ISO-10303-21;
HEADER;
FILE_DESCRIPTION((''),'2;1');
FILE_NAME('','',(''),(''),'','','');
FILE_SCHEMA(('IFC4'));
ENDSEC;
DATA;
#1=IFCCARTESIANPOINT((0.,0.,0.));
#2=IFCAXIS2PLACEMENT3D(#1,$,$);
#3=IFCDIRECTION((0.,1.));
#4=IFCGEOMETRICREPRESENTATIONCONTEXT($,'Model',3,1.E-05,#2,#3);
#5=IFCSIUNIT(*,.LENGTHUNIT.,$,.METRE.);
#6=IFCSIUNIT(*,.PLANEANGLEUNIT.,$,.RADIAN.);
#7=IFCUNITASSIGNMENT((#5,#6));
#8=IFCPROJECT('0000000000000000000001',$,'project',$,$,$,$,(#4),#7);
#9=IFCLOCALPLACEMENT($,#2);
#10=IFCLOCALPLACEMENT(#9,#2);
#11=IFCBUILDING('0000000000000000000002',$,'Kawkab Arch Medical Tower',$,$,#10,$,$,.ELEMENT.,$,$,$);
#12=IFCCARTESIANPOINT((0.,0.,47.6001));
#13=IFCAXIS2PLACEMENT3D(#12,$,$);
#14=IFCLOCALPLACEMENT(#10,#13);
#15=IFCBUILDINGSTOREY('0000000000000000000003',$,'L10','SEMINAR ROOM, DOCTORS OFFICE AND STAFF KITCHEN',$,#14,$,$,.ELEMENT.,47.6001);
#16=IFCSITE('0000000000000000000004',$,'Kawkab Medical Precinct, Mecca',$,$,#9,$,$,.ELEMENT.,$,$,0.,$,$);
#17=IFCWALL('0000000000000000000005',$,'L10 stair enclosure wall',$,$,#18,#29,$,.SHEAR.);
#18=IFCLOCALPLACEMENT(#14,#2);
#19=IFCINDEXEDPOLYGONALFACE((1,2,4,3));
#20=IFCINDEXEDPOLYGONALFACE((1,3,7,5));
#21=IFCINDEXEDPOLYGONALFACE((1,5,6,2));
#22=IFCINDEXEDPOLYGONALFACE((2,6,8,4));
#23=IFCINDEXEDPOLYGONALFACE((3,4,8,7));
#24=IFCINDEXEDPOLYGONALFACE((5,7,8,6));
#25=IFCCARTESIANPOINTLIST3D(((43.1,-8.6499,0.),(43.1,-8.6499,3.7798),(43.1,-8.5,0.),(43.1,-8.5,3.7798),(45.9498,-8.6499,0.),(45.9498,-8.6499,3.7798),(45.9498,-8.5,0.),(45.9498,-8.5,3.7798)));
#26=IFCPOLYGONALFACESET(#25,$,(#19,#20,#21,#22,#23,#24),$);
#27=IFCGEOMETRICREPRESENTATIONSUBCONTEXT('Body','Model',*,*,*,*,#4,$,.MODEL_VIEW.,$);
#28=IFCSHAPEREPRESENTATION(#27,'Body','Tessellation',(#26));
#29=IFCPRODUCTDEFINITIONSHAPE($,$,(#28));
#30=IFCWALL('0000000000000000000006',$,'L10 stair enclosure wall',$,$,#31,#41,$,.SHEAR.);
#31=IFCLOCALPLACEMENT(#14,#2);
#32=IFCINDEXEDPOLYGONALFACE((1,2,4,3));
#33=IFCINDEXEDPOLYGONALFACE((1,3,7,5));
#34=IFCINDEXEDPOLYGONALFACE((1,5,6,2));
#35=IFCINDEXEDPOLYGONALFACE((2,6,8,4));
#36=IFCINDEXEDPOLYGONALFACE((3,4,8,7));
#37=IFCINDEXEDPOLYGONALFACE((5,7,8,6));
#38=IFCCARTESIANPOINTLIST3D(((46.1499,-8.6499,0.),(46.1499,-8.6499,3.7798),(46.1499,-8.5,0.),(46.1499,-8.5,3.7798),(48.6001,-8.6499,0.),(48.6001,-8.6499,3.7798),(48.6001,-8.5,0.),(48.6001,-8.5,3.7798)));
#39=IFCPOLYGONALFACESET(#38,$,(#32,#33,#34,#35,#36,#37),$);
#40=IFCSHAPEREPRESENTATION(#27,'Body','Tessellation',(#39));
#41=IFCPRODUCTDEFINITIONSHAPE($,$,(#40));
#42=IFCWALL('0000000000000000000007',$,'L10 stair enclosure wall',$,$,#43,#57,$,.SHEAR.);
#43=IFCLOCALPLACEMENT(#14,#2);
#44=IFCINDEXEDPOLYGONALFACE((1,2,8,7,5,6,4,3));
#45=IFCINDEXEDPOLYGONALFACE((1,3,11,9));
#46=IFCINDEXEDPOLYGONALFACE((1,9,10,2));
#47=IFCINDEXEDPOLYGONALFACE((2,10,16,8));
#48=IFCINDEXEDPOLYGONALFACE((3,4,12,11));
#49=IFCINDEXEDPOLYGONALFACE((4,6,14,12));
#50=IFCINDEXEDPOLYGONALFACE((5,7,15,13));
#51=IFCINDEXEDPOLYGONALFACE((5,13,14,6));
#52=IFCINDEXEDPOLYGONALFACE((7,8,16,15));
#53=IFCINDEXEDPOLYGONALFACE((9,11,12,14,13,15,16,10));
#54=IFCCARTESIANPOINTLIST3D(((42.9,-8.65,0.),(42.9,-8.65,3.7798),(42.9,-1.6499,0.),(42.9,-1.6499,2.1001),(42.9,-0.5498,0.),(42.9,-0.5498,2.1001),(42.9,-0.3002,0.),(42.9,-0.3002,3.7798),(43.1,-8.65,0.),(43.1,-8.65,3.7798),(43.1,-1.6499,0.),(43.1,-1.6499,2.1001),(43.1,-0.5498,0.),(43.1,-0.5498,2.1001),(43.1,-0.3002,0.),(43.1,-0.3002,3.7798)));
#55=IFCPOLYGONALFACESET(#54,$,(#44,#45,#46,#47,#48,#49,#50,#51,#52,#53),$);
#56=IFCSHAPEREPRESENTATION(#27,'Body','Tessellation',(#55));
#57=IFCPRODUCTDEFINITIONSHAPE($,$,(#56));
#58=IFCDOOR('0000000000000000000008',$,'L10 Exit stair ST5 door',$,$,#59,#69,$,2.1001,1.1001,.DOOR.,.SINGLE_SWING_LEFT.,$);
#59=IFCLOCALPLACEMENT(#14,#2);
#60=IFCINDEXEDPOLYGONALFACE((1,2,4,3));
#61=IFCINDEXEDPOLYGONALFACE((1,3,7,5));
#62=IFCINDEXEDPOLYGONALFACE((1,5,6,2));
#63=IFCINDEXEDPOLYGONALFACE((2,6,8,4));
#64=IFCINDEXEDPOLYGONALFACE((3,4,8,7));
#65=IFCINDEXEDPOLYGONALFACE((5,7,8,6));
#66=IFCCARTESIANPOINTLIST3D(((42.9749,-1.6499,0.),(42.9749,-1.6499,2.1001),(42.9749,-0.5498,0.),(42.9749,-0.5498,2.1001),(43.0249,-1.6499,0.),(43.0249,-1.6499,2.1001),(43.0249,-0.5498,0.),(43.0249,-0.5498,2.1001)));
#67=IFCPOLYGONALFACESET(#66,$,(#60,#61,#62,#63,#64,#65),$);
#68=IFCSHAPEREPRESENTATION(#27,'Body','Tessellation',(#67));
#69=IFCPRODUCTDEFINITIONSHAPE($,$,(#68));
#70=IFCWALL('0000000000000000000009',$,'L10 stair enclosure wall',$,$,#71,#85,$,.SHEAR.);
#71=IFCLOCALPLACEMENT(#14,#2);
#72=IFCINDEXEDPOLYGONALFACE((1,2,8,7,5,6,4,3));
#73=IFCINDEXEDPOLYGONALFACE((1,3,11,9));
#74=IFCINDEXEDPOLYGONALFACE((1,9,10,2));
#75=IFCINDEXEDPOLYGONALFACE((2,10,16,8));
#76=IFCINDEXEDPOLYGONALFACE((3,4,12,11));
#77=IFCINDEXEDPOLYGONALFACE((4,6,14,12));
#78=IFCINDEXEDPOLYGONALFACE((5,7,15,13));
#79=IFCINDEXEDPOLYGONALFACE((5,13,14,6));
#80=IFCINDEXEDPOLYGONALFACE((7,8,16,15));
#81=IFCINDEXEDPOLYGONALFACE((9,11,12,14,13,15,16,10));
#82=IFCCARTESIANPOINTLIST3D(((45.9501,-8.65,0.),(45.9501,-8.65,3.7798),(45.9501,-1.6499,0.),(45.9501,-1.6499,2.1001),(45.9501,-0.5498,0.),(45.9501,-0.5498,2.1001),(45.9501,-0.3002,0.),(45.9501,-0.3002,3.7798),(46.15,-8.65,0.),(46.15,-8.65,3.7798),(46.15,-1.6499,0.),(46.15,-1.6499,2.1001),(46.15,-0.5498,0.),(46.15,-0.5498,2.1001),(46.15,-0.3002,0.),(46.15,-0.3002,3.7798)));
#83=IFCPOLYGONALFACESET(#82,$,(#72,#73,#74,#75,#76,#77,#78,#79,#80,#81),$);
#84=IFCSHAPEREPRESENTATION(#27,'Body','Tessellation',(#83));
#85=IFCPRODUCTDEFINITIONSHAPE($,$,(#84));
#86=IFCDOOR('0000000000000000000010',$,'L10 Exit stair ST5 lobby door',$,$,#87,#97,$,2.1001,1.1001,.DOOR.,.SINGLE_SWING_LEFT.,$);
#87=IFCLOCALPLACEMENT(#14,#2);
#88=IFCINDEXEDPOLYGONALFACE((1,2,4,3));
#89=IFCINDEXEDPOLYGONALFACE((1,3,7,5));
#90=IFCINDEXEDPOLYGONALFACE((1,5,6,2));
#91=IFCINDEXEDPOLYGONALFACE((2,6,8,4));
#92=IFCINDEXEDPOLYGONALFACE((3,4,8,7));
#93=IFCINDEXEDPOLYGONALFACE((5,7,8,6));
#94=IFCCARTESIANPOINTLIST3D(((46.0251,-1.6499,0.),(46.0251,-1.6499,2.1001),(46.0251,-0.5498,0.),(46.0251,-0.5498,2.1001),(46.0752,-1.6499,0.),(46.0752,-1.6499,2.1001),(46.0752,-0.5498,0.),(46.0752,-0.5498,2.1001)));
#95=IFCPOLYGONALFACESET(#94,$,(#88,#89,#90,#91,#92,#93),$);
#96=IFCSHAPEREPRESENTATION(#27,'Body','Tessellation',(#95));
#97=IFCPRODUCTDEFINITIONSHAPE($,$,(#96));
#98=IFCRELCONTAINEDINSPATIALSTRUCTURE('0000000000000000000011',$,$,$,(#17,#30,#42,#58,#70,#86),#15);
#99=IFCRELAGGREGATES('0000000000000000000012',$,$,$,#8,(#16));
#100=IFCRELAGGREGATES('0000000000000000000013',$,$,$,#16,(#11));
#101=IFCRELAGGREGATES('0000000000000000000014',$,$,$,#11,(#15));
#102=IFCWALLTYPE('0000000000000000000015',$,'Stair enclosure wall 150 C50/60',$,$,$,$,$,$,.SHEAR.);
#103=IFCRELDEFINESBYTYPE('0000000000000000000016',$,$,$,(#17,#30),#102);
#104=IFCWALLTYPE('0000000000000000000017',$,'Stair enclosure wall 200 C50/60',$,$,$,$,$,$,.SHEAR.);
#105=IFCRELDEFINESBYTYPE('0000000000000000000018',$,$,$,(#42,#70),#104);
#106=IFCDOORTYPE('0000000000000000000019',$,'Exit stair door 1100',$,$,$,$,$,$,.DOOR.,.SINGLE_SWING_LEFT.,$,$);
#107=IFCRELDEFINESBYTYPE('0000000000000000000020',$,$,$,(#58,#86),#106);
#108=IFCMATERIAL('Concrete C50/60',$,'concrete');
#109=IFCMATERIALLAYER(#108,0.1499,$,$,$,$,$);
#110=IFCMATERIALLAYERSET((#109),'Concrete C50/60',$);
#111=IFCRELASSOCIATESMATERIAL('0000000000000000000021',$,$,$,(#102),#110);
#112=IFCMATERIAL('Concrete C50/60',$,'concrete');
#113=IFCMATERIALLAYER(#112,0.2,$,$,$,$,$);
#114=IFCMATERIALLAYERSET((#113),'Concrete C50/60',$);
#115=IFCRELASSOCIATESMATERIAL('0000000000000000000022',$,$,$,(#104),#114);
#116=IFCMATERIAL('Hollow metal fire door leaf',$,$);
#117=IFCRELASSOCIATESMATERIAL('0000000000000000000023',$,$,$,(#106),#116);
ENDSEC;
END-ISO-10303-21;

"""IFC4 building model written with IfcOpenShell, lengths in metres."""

from ifc_helpers import new_model, si_unit, direction, frame, frame_2d, origin, place, context, subcontext, project, spatial, rectangle, extrude, material, layer, layer_set, type_object, element, fill, save


model = new_model("IFC4")

# Units and contexts
model_context = context("Model", 3, precision=1e-05, world=origin(), true_north=direction((0.0, 1.0)))
body_context = subcontext(model_context, "Body", "Model", "MODEL_VIEW")
ifc_project = project(units=[si_unit("LENGTHUNIT", "METRE"), si_unit("PLANEANGLEUNIT", "RADIAN")], contexts=[model_context])

# Site, building, storey
site_placement = place(None, origin())
site = spatial("IfcSite", under=ifc_project, at=site_placement, Name="Kawkab Medical Precinct, Mecca", CompositionType="ELEMENT", RefElevation=0.0)
building_placement = place(site_placement, origin())
building = spatial("IfcBuilding", under=site, at=building_placement, Name="Kawkab Arch Medical Tower", CompositionType="ELEMENT")
storey_placement = place(building_placement, frame((0.0, 0.0, 47.6001)))
storey = spatial("IfcBuildingStorey", under=building, at=storey_placement, Name="L10", Description="SEMINAR ROOM, DOCTORS OFFICE AND STAFF KITCHEN", CompositionType="ELEMENT", Elevation=47.6001)

# Walls
ifc_material_1 = material(Name="Concrete C50/60", Category="concrete")
ifc_layer_1 = layer(ifc_material_1, 0.1499)
ifc_layer_set_1 = layer_set([ifc_layer_1], Name="Concrete C50/60")
wall_type_1 = type_object("IfcWallType", Name="Stair enclosure wall 150 C50/60", PredefinedType="SHEAR", material=ifc_layer_set_1)
wall_1_placement = place(storey_placement, frame((43.1001, -8.575, 0.0), z_axis=(0.0, 0.0, 1.0), x_axis=(1.0, 0.0, 0.0)))
element("IfcWall", 1, at=wall_1_placement, inside=storey, type_object=wall_type_1, Name="L10 stair enclosure wall", PredefinedType="SHEAR", context=body_context, shape_type="SweptSolid", body=[
    extrude(rectangle(XDim=2.8499, YDim=0.1499, at=frame_2d((1.4248, 0.0))), origin(), (0.0, 0.0, 1.0), 3.7798),
])
wall_2_placement = place(storey_placement, frame((46.1499, -8.575, 0.0), z_axis=(0.0, 0.0, 1.0), x_axis=(1.0, 0.0, 0.0)))
element("IfcWall", 2, at=wall_2_placement, inside=storey, type_object=wall_type_1, Name="L10 stair enclosure wall", PredefinedType="SHEAR", context=body_context, shape_type="SweptSolid", body=[
    extrude(rectangle(XDim=2.4502, YDim=0.1499, at=frame_2d((1.2251, 0.0))), origin(), (0.0, 0.0, 1.0), 3.7798),
])

# Walls, openings, doors
ifc_material_2 = material(Name="Concrete C50/60", Category="concrete")
ifc_layer_2 = layer(ifc_material_2, 0.2)
ifc_layer_set_2 = layer_set([ifc_layer_2], Name="Concrete C50/60")
wall_type_2 = type_object("IfcWallType", Name="Stair enclosure wall 200 C50/60", PredefinedType="SHEAR", material=ifc_layer_set_2)
wall_3_placement = place(storey_placement, frame((43.0, -8.6499, 0.0), z_axis=(0.0, 0.0, 1.0), x_axis=(0.0, 1.0, 0.0)))
wall_3 = element("IfcWall", 3, at=wall_3_placement, inside=storey, type_object=wall_type_2, Name="L10 stair enclosure wall", PredefinedType="SHEAR", context=body_context, shape_type="SweptSolid", body=[
    extrude(rectangle(XDim=8.3499, YDim=0.2, at=frame_2d((4.1748, 0.0))), origin(), (0.0, 0.0, 1.0), 3.7798),
])
opening_1_placement = place(wall_3_placement, frame((7.0, 0.0, 0.0)))
opening_1 = element("IfcOpeningElement", 4, at=opening_1_placement, cuts=wall_3, PredefinedType="OPENING", context=body_context, shape_type="SweptSolid", body=[
    extrude(rectangle(XDim=1.1001, YDim=2.1001, at=frame_2d((0.55, 1.05))), frame((0.0, 0.1099, 0.0), z_axis=(0.0, -1.0, 0.0), x_axis=(1.0, 0.0, 0.0)), (0.0, 0.0, 1.0), 0.22),
])
ifc_material_3 = material(Name="Hollow metal fire door leaf")
door_type_1 = type_object("IfcDoorType", Name="Exit stair door 1100", OperationType="SINGLE_SWING_LEFT", PredefinedType="DOOR", material=ifc_material_3)
door_1_placement = place(opening_1_placement, frame((1.1001, 0.0, 0.0), z_axis=(0.0, 0.0, 1.0), x_axis=(-1.0, 0.0, 0.0)))
door_1 = element("IfcDoor", 5, at=door_1_placement, inside=storey, type_object=door_type_1, Name="L10 Exit stair ST5 door", OperationType="SINGLE_SWING_LEFT", OverallHeight=2.1001, OverallWidth=1.1001, PredefinedType="DOOR", context=body_context, shape_type="SweptSolid", body=[
    extrude(rectangle(XDim=1.1001, YDim=2.1001, at=frame_2d((0.55, 1.05))), frame((0.0, 0.0249, 0.0), z_axis=(0.0, -1.0, 0.0), x_axis=(1.0, 0.0, 0.0)), (0.0, 0.0, 1.0), 0.05),
])
fill(opening_1, door_1)
wall_4_placement = place(storey_placement, frame((46.05, -8.6499, 0.0), z_axis=(0.0, 0.0, 1.0), x_axis=(0.0, 1.0, 0.0)))
wall_4 = element("IfcWall", 6, at=wall_4_placement, inside=storey, type_object=wall_type_2, Name="L10 stair enclosure wall", PredefinedType="SHEAR", context=body_context, shape_type="SweptSolid", body=[
    extrude(rectangle(XDim=8.3499, YDim=0.2, at=frame_2d((4.1748, 0.0))), origin(), (0.0, 0.0, 1.0), 3.7798),
])
opening_2_placement = place(wall_4_placement, frame((7.0, 0.0, 0.0)))
opening_2 = element("IfcOpeningElement", 7, at=opening_2_placement, cuts=wall_4, PredefinedType="OPENING", context=body_context, shape_type="SweptSolid", body=[
    extrude(rectangle(XDim=1.1001, YDim=2.1001, at=frame_2d((0.55, 1.05))), frame((0.0, 0.1099, 0.0), z_axis=(0.0, -1.0, 0.0), x_axis=(1.0, 0.0, 0.0)), (0.0, 0.0, 1.0), 0.22),
])
door_2_placement = place(opening_2_placement, origin())
door_2 = element("IfcDoor", 8, at=door_2_placement, inside=storey, type_object=door_type_1, Name="L10 Exit stair ST5 lobby door", OperationType="SINGLE_SWING_LEFT", OverallHeight=2.1001, OverallWidth=1.1001, PredefinedType="DOOR", context=body_context, shape_type="SweptSolid", body=[
    extrude(rectangle(XDim=1.1001, YDim=2.1001, at=frame_2d((0.55, 1.05))), frame((0.0, 0.0249, 0.0), z_axis=(0.0, -1.0, 0.0), x_axis=(1.0, 0.0, 0.0)), (0.0, 0.0, 1.0), 0.05),
])
fill(opening_2, door_2)

save(model, "model.ifc")
